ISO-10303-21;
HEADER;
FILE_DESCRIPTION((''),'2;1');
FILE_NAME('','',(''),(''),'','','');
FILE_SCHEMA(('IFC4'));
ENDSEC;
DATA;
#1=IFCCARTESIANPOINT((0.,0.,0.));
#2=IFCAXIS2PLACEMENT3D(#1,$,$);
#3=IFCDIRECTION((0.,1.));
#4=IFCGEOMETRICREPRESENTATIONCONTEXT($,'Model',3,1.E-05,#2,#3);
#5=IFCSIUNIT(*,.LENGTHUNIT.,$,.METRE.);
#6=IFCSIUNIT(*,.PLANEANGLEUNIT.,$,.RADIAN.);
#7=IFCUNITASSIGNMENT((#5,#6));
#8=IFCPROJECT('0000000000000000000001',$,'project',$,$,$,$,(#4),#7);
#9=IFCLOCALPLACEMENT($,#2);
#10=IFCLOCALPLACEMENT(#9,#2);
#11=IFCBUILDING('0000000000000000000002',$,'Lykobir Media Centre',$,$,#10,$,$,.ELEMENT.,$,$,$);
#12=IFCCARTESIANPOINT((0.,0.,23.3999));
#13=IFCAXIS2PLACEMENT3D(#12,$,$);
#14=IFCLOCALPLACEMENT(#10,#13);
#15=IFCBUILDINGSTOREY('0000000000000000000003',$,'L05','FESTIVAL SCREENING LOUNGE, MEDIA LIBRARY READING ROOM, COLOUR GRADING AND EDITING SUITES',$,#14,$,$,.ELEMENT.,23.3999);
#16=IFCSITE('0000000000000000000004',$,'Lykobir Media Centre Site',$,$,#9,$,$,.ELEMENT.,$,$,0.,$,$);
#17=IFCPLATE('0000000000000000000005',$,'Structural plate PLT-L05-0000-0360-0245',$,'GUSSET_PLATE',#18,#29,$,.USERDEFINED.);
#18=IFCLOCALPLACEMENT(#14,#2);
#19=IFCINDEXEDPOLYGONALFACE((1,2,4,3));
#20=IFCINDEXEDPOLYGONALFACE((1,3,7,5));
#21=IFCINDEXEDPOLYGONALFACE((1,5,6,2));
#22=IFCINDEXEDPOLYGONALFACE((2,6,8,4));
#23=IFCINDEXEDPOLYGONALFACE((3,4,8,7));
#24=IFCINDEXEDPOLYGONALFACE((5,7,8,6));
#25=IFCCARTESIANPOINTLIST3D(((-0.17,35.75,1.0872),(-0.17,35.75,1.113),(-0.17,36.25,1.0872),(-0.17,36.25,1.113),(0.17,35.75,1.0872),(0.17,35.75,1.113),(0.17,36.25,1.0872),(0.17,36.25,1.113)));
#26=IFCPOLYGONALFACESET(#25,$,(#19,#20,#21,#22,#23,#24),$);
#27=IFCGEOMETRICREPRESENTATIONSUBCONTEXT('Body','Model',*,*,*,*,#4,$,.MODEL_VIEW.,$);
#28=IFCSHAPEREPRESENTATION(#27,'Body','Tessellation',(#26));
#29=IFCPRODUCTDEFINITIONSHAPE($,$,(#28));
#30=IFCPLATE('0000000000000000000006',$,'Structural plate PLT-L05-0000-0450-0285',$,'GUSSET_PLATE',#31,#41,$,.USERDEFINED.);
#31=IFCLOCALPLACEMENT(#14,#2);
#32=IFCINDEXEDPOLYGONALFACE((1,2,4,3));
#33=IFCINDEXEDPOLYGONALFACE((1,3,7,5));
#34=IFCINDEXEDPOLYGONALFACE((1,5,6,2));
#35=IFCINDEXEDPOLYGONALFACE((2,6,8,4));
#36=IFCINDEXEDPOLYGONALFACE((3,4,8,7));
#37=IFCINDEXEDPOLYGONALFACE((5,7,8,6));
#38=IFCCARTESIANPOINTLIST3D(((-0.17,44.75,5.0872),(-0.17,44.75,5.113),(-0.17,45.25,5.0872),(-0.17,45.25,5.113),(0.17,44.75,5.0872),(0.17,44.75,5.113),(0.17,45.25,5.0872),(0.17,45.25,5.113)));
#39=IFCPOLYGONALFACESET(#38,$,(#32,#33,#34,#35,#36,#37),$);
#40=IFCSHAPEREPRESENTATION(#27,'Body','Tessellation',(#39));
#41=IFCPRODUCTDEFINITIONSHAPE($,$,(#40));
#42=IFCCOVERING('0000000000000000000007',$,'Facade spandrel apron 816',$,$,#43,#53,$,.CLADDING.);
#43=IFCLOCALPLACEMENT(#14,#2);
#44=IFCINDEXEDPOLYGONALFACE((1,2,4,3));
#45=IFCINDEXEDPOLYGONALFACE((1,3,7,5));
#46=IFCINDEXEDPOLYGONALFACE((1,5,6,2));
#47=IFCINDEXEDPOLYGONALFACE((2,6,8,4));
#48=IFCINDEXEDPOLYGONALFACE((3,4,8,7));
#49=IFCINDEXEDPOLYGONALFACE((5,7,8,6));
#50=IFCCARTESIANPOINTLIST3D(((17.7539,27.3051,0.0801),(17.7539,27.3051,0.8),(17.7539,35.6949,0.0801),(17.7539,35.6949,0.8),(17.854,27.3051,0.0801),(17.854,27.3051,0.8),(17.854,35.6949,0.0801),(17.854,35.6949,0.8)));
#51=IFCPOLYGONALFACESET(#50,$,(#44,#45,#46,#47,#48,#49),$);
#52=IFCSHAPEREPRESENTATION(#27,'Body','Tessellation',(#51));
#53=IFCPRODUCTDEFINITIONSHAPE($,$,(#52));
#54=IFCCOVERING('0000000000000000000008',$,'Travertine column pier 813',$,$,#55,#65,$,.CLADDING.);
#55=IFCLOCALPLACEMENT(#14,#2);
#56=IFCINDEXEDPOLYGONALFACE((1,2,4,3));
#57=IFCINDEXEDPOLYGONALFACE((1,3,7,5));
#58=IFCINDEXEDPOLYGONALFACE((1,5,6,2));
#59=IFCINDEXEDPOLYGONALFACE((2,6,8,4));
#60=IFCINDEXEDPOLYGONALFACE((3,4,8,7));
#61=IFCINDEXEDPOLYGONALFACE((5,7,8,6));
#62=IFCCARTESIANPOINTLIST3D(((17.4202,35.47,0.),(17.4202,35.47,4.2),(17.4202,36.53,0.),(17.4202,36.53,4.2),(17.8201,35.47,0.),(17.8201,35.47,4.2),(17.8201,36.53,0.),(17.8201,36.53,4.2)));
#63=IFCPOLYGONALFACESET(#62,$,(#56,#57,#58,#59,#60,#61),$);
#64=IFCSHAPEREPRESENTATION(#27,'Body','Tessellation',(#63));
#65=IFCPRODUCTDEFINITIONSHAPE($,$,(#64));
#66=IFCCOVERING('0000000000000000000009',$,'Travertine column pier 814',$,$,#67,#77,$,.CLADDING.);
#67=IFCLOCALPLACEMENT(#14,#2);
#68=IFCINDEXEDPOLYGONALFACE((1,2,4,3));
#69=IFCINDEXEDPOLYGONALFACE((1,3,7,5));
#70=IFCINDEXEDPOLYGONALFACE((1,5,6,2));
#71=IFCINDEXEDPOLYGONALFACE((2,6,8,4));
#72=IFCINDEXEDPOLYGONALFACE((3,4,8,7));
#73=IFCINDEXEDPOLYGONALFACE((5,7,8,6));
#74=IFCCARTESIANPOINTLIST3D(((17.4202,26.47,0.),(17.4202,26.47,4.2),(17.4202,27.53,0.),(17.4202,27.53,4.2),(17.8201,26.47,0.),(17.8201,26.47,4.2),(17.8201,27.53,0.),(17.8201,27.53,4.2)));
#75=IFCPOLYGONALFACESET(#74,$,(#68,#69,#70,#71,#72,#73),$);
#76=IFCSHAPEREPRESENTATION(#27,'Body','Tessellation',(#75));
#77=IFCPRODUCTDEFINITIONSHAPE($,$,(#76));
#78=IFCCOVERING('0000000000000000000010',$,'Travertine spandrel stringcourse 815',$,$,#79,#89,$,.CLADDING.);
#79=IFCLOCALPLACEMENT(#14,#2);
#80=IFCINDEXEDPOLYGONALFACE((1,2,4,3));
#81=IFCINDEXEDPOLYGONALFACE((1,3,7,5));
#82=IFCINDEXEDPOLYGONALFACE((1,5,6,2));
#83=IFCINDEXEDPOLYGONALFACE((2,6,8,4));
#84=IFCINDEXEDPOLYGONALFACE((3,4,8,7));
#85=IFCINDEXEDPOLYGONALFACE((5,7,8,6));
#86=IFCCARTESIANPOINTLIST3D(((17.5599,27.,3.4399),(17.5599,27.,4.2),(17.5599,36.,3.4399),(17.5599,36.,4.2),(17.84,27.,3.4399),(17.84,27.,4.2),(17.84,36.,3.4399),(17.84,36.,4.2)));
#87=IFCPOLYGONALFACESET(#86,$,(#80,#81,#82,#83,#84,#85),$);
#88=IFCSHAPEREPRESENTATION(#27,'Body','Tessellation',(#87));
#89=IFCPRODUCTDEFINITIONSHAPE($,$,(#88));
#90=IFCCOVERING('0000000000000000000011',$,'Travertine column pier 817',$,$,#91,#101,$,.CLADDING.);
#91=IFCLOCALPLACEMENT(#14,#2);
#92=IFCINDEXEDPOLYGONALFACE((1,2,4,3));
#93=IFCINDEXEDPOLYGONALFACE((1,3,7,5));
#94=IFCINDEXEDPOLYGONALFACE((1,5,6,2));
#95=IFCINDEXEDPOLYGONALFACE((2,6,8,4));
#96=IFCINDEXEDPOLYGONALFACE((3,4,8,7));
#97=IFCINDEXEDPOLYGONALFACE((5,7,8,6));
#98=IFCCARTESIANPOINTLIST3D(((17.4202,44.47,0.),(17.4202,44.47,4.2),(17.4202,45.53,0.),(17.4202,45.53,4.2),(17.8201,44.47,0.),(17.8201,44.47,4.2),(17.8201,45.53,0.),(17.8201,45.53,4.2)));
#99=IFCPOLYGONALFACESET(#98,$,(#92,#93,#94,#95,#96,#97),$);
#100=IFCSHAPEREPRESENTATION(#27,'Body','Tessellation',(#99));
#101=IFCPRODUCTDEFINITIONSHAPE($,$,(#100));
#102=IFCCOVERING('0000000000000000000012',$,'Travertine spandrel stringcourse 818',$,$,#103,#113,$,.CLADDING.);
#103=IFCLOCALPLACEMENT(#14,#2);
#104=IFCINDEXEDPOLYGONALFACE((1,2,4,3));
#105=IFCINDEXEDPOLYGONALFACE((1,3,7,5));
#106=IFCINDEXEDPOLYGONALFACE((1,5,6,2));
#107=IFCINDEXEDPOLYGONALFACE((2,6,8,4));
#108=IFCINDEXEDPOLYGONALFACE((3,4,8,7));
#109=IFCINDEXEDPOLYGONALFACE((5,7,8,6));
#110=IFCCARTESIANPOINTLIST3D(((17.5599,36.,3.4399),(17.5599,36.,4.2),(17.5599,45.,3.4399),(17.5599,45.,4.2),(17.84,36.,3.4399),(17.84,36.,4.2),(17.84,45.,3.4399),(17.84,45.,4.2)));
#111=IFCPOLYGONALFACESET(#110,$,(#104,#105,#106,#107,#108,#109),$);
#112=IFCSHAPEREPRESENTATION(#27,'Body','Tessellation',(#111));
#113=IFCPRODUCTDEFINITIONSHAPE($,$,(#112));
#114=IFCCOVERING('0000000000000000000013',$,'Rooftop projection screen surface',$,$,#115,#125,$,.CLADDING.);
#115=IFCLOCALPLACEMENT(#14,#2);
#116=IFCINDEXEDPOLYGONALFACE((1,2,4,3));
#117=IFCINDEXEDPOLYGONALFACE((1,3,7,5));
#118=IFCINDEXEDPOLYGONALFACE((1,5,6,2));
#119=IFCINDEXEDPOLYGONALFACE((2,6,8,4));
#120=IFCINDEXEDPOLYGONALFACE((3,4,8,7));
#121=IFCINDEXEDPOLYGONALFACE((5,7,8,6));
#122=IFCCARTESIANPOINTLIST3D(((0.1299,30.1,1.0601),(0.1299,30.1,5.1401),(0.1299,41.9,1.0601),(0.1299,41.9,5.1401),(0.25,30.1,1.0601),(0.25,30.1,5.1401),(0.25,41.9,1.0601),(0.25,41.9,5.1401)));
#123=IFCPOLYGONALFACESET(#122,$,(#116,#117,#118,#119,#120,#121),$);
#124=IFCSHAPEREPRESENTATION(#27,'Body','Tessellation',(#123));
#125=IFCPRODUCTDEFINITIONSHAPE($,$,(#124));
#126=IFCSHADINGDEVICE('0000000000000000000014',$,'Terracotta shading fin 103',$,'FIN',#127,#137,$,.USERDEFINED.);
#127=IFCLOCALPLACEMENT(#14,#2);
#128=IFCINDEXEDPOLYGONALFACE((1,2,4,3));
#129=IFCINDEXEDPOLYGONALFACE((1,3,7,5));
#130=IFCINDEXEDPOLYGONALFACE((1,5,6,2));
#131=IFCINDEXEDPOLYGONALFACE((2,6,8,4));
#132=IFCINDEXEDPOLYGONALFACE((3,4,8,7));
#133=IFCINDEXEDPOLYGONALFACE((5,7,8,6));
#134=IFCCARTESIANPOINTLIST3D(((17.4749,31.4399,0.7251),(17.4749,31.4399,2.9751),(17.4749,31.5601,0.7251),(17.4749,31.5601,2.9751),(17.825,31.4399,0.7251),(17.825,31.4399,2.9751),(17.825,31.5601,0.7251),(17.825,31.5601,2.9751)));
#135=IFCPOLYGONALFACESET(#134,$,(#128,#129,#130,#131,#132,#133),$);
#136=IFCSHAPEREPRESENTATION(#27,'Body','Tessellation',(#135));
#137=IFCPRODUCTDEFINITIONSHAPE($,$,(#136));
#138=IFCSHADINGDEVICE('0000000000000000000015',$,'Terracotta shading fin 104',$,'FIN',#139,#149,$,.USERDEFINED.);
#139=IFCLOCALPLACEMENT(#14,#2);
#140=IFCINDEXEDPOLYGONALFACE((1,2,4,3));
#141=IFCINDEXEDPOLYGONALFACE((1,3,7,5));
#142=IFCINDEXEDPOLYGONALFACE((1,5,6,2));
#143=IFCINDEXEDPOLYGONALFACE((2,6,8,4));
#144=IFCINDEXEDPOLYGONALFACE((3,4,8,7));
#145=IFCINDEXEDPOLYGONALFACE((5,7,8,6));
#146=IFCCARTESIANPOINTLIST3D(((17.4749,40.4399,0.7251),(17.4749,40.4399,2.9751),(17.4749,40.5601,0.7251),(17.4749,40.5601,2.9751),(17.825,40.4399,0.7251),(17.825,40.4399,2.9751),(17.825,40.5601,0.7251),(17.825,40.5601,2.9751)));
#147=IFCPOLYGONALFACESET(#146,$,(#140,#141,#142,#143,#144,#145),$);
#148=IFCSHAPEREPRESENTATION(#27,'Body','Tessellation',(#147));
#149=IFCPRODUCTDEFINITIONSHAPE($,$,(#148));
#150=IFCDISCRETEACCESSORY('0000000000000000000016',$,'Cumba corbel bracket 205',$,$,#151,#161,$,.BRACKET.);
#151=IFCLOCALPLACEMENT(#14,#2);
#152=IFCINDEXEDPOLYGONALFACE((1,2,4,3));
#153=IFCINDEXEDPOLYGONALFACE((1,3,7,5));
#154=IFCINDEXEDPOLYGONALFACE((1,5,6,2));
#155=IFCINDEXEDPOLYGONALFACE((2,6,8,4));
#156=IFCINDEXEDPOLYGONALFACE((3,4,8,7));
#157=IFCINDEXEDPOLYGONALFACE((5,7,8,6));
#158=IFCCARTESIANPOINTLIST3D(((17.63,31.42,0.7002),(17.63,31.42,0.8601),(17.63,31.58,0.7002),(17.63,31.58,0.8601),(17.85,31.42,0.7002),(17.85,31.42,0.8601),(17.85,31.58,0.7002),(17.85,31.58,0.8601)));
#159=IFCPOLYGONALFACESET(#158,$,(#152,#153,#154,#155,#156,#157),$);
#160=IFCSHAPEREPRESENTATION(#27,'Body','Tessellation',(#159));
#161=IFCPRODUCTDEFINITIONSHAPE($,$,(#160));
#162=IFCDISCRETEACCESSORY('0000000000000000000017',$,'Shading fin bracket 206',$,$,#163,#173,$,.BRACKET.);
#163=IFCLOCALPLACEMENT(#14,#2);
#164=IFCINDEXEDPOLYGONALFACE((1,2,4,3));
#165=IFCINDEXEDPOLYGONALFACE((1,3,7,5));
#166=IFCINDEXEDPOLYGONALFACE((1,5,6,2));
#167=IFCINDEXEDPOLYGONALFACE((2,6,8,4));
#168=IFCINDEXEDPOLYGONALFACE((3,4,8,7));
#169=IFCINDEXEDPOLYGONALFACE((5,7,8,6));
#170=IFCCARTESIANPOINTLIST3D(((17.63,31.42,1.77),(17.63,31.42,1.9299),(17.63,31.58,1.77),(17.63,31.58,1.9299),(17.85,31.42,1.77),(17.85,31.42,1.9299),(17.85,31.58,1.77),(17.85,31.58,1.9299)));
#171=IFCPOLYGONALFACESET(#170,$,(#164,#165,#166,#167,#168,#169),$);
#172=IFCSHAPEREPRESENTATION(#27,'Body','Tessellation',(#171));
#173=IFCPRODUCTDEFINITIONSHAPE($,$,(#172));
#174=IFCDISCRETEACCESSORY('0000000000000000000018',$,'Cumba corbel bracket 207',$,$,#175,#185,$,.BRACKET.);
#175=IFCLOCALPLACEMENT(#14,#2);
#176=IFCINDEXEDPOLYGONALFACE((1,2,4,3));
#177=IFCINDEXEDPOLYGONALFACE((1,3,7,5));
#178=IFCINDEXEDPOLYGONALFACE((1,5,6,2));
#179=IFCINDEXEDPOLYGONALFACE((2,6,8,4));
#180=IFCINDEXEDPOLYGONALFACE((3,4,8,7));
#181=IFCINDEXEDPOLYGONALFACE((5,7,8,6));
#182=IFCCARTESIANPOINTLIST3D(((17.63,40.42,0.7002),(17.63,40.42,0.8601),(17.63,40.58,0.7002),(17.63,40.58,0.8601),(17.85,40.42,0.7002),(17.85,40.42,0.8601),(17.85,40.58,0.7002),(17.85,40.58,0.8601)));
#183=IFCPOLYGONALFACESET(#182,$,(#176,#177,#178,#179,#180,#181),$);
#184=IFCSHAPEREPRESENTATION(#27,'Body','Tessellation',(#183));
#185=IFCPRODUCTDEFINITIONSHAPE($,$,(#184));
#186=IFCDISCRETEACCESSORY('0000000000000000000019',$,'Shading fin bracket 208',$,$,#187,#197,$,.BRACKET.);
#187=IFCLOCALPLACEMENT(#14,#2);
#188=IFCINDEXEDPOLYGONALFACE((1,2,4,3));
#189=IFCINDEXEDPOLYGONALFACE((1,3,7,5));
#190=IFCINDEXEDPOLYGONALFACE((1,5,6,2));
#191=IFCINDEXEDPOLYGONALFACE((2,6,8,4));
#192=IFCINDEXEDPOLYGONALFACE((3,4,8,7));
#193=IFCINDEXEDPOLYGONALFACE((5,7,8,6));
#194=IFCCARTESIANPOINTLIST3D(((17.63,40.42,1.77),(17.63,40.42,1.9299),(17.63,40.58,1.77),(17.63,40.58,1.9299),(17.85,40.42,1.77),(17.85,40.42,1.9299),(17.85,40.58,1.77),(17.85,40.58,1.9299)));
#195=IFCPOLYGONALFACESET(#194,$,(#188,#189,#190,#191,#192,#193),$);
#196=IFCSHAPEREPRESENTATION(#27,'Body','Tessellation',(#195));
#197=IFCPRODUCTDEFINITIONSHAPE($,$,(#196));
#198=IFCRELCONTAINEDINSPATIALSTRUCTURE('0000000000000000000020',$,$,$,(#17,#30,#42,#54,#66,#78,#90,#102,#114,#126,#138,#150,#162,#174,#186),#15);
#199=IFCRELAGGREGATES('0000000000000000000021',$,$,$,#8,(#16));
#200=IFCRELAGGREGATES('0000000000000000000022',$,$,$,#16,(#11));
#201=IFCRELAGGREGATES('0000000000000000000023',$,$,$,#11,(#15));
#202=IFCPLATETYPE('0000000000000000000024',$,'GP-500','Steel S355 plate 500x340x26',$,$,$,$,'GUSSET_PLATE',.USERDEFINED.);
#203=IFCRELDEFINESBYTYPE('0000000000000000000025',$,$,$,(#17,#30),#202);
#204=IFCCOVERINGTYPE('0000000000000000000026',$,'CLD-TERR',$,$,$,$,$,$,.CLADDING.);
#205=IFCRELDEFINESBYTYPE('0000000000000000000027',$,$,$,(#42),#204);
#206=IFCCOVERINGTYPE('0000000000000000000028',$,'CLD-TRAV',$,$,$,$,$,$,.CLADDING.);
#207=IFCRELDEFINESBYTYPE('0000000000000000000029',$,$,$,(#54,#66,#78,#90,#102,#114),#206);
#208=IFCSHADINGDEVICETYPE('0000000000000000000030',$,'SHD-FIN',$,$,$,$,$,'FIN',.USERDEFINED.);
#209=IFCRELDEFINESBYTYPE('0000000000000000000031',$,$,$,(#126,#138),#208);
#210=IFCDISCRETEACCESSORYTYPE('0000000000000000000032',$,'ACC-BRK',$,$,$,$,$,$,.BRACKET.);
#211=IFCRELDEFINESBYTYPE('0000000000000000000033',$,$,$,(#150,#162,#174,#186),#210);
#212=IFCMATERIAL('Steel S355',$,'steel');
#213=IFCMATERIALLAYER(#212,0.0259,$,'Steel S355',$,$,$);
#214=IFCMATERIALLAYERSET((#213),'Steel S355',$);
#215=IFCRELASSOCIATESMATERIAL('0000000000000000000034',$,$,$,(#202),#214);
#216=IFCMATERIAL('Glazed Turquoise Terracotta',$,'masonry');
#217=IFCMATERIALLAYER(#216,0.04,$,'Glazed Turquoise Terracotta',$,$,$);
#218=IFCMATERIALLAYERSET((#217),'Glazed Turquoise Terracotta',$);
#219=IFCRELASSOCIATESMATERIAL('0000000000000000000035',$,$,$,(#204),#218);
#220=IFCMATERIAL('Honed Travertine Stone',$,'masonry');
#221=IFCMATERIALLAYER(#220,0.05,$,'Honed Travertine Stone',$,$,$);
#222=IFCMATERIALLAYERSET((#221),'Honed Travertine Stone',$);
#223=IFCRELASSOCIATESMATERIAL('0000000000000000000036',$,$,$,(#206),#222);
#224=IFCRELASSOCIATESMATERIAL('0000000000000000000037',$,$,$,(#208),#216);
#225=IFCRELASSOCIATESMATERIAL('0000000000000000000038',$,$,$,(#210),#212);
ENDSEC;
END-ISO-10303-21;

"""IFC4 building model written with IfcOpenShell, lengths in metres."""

from ifc_helpers import new_model, si_unit, direction, frame, origin, origin_2d, place, context, subcontext, project, spatial, rectangle, extrude, material, layer, layer_set, type_object, element, save


model = new_model("IFC4")

# Units and contexts
model_context = context("Model", 3, precision=1e-05, world=origin(), true_north=direction((0.0, 1.0)))
body_context = subcontext(model_context, "Body", "Model", "MODEL_VIEW")
ifc_project = project(units=[si_unit("LENGTHUNIT", "METRE"), si_unit("PLANEANGLEUNIT", "RADIAN")], contexts=[model_context])

# Site, building, storey
site_placement = place(None, origin())
site = spatial("IfcSite", under=ifc_project, at=site_placement, Name="Lykobir Media Centre Site", CompositionType="ELEMENT", RefElevation=0.0)
building_placement = place(site_placement, origin())
building = spatial("IfcBuilding", under=site, at=building_placement, Name="Lykobir Media Centre", CompositionType="ELEMENT")
storey_placement = place(building_placement, frame((0.0, 0.0, 23.3999)))
storey = spatial("IfcBuildingStorey", under=building, at=storey_placement, Name="L05", Description="FESTIVAL SCREENING LOUNGE, MEDIA LIBRARY READING ROOM, COLOUR GRADING AND EDITING SUITES", CompositionType="ELEMENT", Elevation=23.3999)

# Shared definitions
ifc_material_1 = material(Name="Steel S355", Category="steel")

# Plates
ifc_layer_1 = layer(ifc_material_1, 0.0259, Name="Steel S355")
ifc_layer_set_1 = layer_set([ifc_layer_1], Name="Steel S355")
plate_type = type_object("IfcPlateType", Name="GP-500", Description="Steel S355 plate 500x340x26", ElementType="GUSSET_PLATE", PredefinedType="USERDEFINED", material=ifc_layer_set_1)
for number, where, z_axis, x_axis, name in (
    (1, (0.0, 36.0, 1.0872), (0.0, 0.0, 1.0), (0.0, 1.0, 0.0), "Structural plate PLT-L05-0000-0360-0245"),
    (2, (0.0, 45.0, 5.0872), (0.0, 0.0, 1.0), (0.0, 1.0, 0.0), "Structural plate PLT-L05-0000-0450-0285"),
):
    element("IfcPlate", number, at=place(storey_placement, frame(where, z_axis=z_axis, x_axis=x_axis)), inside=storey, type_object=plate_type, Name=name, ObjectType="GUSSET_PLATE", PredefinedType="USERDEFINED", context=body_context, shape_type="SweptSolid", body=[
        extrude(rectangle(XDim=0.5, YDim=0.3401, at=origin_2d()), origin(), (0.0, 0.0, 1.0), 0.0259),
    ])

# Coverings
ifc_material_2 = material(Name="Glazed Turquoise Terracotta", Category="masonry")
ifc_layer_2 = layer(ifc_material_2, 0.04, Name="Glazed Turquoise Terracotta")
ifc_layer_set_2 = layer_set([ifc_layer_2], Name="Glazed Turquoise Terracotta")
covering_type_1 = type_object("IfcCoveringType", Name="CLD-TERR", PredefinedType="CLADDING", material=ifc_layer_set_2)
covering_1_placement = place(storey_placement, frame((17.804, 31.5, 0.0801), z_axis=(0.0, 0.0, 1.0), x_axis=(0.0, -1.0, 0.0)))
element("IfcCovering", 3, at=covering_1_placement, inside=storey, type_object=covering_type_1, Name="Facade spandrel apron 816", PredefinedType="CLADDING", context=body_context, shape_type="SweptSolid", body=[
    extrude(rectangle(XDim=8.3899, YDim=0.1001, at=origin_2d()), origin(), (0.0, 0.0, 1.0), 0.72),
])
ifc_material_3 = material(Name="Honed Travertine Stone", Category="masonry")
ifc_layer_3 = layer(ifc_material_3, 0.05, Name="Honed Travertine Stone")
ifc_layer_set_3 = layer_set([ifc_layer_3], Name="Honed Travertine Stone")
covering_type_2 = type_object("IfcCoveringType", Name="CLD-TRAV", PredefinedType="CLADDING", material=ifc_layer_set_3)
for number, where, z_axis, x_axis, name in (
    (4, (17.6201, 36.0, 0.0), (0.0, 0.0, 1.0), (0.0, -1.0, 0.0), "Travertine column pier 813"),
    (5, (17.6201, 27.0, 0.0), (0.0, 0.0, 1.0), (0.0, -1.0, 0.0), "Travertine column pier 814"),
):
    element("IfcCovering", number, at=place(storey_placement, frame(where, z_axis=z_axis, x_axis=x_axis)), inside=storey, type_object=covering_type_2, Name=name, PredefinedType="CLADDING", context=body_context, shape_type="SweptSolid", body=[
        extrude(rectangle(XDim=1.0601, YDim=0.3999, at=origin_2d()), origin(), (0.0, 0.0, 1.0), 4.2),
    ])
covering_2_placement = place(storey_placement, frame((17.7, 31.5, 3.4399), z_axis=(0.0, 0.0, 1.0), x_axis=(0.0, -1.0, 0.0)))
element("IfcCovering", 6, at=covering_2_placement, inside=storey, type_object=covering_type_2, Name="Travertine spandrel stringcourse 815", PredefinedType="CLADDING", context=body_context, shape_type="SweptSolid", body=[
    extrude(rectangle(XDim=9.0, YDim=0.28, at=origin_2d()), origin(), (0.0, 0.0, 1.0), 0.76),
])
covering_3_placement = place(storey_placement, frame((17.6201, 45.0, 0.0), z_axis=(0.0, 0.0, 1.0), x_axis=(0.0, -1.0, 0.0)))
element("IfcCovering", 7, at=covering_3_placement, inside=storey, type_object=covering_type_2, Name="Travertine column pier 817", PredefinedType="CLADDING", context=body_context, shape_type="SweptSolid", body=[
    extrude(rectangle(XDim=1.0601, YDim=0.3999, at=origin_2d()), origin(), (0.0, 0.0, 1.0), 4.2),
])
covering_4_placement = place(storey_placement, frame((17.7, 40.5, 3.4399), z_axis=(0.0, 0.0, 1.0), x_axis=(0.0, -1.0, 0.0)))
element("IfcCovering", 8, at=covering_4_placement, inside=storey, type_object=covering_type_2, Name="Travertine spandrel stringcourse 818", PredefinedType="CLADDING", context=body_context, shape_type="SweptSolid", body=[
    extrude(rectangle(XDim=9.0, YDim=0.28, at=origin_2d()), origin(), (0.0, 0.0, 1.0), 0.76),
])
covering_5_placement = place(storey_placement, frame((0.1899, 36.0, 1.0601), z_axis=(0.0, 0.0, 1.0), x_axis=(0.0, 1.0, 0.0)))
element("IfcCovering", 9, at=covering_5_placement, inside=storey, type_object=covering_type_2, Name="Rooftop projection screen surface", PredefinedType="CLADDING", context=body_context, shape_type="SweptSolid", body=[
    extrude(rectangle(XDim=11.8, YDim=0.1201, at=origin_2d()), origin(), (0.0, 0.0, 1.0), 4.0801),
])

# Shading devices
shading_device_type = type_object("IfcShadingDeviceType", Name="SHD-FIN", ElementType="FIN", PredefinedType="USERDEFINED", material=ifc_material_2)
for number, where, z_axis, x_axis, name in (
    (10, (17.6499, 31.5, 0.7251), (0.0, 0.0, 1.0), (0.0, -1.0, 0.0), "Terracotta shading fin 103"),
    (11, (17.6499, 40.5, 0.7251), (0.0, 0.0, 1.0), (0.0, -1.0, 0.0), "Terracotta shading fin 104"),
):
    element("IfcShadingDevice", number, at=place(storey_placement, frame(where, z_axis=z_axis, x_axis=x_axis)), inside=storey, type_object=shading_device_type, Name=name, ObjectType="FIN", PredefinedType="USERDEFINED", context=body_context, shape_type="SweptSolid", body=[
        extrude(rectangle(XDim=0.1201, YDim=0.3501, at=origin_2d()), origin(), (0.0, 0.0, 1.0), 2.25),
    ])

# Discrete accessories
discrete_accessory_type = type_object("IfcDiscreteAccessoryType", Name="ACC-BRK", PredefinedType="BRACKET", material=ifc_material_1)
for number, where, z_axis, x_axis, name in (
    (12, (17.74, 31.5, 0.7002), (0.0, 0.0, 1.0), (0.0, -1.0, 0.0), "Cumba corbel bracket 205"),
    (13, (17.74, 31.5, 1.77), (0.0, 0.0, 1.0), (0.0, -1.0, 0.0), "Shading fin bracket 206"),
    (14, (17.74, 40.5, 0.7002), (0.0, 0.0, 1.0), (0.0, -1.0, 0.0), "Cumba corbel bracket 207"),
    (15, (17.74, 40.5, 1.77), (0.0, 0.0, 1.0), (0.0, -1.0, 0.0), "Shading fin bracket 208"),
):
    element("IfcDiscreteAccessory", number, at=place(storey_placement, frame(where, z_axis=z_axis, x_axis=x_axis)), inside=storey, type_object=discrete_accessory_type, Name=name, PredefinedType="BRACKET", context=body_context, shape_type="SweptSolid", body=[
        extrude(rectangle(XDim=0.1599, YDim=0.22, at=origin_2d()), origin(), (0.0, 0.0, 1.0), 0.1599),
    ])

save(model, "model.ifc")
